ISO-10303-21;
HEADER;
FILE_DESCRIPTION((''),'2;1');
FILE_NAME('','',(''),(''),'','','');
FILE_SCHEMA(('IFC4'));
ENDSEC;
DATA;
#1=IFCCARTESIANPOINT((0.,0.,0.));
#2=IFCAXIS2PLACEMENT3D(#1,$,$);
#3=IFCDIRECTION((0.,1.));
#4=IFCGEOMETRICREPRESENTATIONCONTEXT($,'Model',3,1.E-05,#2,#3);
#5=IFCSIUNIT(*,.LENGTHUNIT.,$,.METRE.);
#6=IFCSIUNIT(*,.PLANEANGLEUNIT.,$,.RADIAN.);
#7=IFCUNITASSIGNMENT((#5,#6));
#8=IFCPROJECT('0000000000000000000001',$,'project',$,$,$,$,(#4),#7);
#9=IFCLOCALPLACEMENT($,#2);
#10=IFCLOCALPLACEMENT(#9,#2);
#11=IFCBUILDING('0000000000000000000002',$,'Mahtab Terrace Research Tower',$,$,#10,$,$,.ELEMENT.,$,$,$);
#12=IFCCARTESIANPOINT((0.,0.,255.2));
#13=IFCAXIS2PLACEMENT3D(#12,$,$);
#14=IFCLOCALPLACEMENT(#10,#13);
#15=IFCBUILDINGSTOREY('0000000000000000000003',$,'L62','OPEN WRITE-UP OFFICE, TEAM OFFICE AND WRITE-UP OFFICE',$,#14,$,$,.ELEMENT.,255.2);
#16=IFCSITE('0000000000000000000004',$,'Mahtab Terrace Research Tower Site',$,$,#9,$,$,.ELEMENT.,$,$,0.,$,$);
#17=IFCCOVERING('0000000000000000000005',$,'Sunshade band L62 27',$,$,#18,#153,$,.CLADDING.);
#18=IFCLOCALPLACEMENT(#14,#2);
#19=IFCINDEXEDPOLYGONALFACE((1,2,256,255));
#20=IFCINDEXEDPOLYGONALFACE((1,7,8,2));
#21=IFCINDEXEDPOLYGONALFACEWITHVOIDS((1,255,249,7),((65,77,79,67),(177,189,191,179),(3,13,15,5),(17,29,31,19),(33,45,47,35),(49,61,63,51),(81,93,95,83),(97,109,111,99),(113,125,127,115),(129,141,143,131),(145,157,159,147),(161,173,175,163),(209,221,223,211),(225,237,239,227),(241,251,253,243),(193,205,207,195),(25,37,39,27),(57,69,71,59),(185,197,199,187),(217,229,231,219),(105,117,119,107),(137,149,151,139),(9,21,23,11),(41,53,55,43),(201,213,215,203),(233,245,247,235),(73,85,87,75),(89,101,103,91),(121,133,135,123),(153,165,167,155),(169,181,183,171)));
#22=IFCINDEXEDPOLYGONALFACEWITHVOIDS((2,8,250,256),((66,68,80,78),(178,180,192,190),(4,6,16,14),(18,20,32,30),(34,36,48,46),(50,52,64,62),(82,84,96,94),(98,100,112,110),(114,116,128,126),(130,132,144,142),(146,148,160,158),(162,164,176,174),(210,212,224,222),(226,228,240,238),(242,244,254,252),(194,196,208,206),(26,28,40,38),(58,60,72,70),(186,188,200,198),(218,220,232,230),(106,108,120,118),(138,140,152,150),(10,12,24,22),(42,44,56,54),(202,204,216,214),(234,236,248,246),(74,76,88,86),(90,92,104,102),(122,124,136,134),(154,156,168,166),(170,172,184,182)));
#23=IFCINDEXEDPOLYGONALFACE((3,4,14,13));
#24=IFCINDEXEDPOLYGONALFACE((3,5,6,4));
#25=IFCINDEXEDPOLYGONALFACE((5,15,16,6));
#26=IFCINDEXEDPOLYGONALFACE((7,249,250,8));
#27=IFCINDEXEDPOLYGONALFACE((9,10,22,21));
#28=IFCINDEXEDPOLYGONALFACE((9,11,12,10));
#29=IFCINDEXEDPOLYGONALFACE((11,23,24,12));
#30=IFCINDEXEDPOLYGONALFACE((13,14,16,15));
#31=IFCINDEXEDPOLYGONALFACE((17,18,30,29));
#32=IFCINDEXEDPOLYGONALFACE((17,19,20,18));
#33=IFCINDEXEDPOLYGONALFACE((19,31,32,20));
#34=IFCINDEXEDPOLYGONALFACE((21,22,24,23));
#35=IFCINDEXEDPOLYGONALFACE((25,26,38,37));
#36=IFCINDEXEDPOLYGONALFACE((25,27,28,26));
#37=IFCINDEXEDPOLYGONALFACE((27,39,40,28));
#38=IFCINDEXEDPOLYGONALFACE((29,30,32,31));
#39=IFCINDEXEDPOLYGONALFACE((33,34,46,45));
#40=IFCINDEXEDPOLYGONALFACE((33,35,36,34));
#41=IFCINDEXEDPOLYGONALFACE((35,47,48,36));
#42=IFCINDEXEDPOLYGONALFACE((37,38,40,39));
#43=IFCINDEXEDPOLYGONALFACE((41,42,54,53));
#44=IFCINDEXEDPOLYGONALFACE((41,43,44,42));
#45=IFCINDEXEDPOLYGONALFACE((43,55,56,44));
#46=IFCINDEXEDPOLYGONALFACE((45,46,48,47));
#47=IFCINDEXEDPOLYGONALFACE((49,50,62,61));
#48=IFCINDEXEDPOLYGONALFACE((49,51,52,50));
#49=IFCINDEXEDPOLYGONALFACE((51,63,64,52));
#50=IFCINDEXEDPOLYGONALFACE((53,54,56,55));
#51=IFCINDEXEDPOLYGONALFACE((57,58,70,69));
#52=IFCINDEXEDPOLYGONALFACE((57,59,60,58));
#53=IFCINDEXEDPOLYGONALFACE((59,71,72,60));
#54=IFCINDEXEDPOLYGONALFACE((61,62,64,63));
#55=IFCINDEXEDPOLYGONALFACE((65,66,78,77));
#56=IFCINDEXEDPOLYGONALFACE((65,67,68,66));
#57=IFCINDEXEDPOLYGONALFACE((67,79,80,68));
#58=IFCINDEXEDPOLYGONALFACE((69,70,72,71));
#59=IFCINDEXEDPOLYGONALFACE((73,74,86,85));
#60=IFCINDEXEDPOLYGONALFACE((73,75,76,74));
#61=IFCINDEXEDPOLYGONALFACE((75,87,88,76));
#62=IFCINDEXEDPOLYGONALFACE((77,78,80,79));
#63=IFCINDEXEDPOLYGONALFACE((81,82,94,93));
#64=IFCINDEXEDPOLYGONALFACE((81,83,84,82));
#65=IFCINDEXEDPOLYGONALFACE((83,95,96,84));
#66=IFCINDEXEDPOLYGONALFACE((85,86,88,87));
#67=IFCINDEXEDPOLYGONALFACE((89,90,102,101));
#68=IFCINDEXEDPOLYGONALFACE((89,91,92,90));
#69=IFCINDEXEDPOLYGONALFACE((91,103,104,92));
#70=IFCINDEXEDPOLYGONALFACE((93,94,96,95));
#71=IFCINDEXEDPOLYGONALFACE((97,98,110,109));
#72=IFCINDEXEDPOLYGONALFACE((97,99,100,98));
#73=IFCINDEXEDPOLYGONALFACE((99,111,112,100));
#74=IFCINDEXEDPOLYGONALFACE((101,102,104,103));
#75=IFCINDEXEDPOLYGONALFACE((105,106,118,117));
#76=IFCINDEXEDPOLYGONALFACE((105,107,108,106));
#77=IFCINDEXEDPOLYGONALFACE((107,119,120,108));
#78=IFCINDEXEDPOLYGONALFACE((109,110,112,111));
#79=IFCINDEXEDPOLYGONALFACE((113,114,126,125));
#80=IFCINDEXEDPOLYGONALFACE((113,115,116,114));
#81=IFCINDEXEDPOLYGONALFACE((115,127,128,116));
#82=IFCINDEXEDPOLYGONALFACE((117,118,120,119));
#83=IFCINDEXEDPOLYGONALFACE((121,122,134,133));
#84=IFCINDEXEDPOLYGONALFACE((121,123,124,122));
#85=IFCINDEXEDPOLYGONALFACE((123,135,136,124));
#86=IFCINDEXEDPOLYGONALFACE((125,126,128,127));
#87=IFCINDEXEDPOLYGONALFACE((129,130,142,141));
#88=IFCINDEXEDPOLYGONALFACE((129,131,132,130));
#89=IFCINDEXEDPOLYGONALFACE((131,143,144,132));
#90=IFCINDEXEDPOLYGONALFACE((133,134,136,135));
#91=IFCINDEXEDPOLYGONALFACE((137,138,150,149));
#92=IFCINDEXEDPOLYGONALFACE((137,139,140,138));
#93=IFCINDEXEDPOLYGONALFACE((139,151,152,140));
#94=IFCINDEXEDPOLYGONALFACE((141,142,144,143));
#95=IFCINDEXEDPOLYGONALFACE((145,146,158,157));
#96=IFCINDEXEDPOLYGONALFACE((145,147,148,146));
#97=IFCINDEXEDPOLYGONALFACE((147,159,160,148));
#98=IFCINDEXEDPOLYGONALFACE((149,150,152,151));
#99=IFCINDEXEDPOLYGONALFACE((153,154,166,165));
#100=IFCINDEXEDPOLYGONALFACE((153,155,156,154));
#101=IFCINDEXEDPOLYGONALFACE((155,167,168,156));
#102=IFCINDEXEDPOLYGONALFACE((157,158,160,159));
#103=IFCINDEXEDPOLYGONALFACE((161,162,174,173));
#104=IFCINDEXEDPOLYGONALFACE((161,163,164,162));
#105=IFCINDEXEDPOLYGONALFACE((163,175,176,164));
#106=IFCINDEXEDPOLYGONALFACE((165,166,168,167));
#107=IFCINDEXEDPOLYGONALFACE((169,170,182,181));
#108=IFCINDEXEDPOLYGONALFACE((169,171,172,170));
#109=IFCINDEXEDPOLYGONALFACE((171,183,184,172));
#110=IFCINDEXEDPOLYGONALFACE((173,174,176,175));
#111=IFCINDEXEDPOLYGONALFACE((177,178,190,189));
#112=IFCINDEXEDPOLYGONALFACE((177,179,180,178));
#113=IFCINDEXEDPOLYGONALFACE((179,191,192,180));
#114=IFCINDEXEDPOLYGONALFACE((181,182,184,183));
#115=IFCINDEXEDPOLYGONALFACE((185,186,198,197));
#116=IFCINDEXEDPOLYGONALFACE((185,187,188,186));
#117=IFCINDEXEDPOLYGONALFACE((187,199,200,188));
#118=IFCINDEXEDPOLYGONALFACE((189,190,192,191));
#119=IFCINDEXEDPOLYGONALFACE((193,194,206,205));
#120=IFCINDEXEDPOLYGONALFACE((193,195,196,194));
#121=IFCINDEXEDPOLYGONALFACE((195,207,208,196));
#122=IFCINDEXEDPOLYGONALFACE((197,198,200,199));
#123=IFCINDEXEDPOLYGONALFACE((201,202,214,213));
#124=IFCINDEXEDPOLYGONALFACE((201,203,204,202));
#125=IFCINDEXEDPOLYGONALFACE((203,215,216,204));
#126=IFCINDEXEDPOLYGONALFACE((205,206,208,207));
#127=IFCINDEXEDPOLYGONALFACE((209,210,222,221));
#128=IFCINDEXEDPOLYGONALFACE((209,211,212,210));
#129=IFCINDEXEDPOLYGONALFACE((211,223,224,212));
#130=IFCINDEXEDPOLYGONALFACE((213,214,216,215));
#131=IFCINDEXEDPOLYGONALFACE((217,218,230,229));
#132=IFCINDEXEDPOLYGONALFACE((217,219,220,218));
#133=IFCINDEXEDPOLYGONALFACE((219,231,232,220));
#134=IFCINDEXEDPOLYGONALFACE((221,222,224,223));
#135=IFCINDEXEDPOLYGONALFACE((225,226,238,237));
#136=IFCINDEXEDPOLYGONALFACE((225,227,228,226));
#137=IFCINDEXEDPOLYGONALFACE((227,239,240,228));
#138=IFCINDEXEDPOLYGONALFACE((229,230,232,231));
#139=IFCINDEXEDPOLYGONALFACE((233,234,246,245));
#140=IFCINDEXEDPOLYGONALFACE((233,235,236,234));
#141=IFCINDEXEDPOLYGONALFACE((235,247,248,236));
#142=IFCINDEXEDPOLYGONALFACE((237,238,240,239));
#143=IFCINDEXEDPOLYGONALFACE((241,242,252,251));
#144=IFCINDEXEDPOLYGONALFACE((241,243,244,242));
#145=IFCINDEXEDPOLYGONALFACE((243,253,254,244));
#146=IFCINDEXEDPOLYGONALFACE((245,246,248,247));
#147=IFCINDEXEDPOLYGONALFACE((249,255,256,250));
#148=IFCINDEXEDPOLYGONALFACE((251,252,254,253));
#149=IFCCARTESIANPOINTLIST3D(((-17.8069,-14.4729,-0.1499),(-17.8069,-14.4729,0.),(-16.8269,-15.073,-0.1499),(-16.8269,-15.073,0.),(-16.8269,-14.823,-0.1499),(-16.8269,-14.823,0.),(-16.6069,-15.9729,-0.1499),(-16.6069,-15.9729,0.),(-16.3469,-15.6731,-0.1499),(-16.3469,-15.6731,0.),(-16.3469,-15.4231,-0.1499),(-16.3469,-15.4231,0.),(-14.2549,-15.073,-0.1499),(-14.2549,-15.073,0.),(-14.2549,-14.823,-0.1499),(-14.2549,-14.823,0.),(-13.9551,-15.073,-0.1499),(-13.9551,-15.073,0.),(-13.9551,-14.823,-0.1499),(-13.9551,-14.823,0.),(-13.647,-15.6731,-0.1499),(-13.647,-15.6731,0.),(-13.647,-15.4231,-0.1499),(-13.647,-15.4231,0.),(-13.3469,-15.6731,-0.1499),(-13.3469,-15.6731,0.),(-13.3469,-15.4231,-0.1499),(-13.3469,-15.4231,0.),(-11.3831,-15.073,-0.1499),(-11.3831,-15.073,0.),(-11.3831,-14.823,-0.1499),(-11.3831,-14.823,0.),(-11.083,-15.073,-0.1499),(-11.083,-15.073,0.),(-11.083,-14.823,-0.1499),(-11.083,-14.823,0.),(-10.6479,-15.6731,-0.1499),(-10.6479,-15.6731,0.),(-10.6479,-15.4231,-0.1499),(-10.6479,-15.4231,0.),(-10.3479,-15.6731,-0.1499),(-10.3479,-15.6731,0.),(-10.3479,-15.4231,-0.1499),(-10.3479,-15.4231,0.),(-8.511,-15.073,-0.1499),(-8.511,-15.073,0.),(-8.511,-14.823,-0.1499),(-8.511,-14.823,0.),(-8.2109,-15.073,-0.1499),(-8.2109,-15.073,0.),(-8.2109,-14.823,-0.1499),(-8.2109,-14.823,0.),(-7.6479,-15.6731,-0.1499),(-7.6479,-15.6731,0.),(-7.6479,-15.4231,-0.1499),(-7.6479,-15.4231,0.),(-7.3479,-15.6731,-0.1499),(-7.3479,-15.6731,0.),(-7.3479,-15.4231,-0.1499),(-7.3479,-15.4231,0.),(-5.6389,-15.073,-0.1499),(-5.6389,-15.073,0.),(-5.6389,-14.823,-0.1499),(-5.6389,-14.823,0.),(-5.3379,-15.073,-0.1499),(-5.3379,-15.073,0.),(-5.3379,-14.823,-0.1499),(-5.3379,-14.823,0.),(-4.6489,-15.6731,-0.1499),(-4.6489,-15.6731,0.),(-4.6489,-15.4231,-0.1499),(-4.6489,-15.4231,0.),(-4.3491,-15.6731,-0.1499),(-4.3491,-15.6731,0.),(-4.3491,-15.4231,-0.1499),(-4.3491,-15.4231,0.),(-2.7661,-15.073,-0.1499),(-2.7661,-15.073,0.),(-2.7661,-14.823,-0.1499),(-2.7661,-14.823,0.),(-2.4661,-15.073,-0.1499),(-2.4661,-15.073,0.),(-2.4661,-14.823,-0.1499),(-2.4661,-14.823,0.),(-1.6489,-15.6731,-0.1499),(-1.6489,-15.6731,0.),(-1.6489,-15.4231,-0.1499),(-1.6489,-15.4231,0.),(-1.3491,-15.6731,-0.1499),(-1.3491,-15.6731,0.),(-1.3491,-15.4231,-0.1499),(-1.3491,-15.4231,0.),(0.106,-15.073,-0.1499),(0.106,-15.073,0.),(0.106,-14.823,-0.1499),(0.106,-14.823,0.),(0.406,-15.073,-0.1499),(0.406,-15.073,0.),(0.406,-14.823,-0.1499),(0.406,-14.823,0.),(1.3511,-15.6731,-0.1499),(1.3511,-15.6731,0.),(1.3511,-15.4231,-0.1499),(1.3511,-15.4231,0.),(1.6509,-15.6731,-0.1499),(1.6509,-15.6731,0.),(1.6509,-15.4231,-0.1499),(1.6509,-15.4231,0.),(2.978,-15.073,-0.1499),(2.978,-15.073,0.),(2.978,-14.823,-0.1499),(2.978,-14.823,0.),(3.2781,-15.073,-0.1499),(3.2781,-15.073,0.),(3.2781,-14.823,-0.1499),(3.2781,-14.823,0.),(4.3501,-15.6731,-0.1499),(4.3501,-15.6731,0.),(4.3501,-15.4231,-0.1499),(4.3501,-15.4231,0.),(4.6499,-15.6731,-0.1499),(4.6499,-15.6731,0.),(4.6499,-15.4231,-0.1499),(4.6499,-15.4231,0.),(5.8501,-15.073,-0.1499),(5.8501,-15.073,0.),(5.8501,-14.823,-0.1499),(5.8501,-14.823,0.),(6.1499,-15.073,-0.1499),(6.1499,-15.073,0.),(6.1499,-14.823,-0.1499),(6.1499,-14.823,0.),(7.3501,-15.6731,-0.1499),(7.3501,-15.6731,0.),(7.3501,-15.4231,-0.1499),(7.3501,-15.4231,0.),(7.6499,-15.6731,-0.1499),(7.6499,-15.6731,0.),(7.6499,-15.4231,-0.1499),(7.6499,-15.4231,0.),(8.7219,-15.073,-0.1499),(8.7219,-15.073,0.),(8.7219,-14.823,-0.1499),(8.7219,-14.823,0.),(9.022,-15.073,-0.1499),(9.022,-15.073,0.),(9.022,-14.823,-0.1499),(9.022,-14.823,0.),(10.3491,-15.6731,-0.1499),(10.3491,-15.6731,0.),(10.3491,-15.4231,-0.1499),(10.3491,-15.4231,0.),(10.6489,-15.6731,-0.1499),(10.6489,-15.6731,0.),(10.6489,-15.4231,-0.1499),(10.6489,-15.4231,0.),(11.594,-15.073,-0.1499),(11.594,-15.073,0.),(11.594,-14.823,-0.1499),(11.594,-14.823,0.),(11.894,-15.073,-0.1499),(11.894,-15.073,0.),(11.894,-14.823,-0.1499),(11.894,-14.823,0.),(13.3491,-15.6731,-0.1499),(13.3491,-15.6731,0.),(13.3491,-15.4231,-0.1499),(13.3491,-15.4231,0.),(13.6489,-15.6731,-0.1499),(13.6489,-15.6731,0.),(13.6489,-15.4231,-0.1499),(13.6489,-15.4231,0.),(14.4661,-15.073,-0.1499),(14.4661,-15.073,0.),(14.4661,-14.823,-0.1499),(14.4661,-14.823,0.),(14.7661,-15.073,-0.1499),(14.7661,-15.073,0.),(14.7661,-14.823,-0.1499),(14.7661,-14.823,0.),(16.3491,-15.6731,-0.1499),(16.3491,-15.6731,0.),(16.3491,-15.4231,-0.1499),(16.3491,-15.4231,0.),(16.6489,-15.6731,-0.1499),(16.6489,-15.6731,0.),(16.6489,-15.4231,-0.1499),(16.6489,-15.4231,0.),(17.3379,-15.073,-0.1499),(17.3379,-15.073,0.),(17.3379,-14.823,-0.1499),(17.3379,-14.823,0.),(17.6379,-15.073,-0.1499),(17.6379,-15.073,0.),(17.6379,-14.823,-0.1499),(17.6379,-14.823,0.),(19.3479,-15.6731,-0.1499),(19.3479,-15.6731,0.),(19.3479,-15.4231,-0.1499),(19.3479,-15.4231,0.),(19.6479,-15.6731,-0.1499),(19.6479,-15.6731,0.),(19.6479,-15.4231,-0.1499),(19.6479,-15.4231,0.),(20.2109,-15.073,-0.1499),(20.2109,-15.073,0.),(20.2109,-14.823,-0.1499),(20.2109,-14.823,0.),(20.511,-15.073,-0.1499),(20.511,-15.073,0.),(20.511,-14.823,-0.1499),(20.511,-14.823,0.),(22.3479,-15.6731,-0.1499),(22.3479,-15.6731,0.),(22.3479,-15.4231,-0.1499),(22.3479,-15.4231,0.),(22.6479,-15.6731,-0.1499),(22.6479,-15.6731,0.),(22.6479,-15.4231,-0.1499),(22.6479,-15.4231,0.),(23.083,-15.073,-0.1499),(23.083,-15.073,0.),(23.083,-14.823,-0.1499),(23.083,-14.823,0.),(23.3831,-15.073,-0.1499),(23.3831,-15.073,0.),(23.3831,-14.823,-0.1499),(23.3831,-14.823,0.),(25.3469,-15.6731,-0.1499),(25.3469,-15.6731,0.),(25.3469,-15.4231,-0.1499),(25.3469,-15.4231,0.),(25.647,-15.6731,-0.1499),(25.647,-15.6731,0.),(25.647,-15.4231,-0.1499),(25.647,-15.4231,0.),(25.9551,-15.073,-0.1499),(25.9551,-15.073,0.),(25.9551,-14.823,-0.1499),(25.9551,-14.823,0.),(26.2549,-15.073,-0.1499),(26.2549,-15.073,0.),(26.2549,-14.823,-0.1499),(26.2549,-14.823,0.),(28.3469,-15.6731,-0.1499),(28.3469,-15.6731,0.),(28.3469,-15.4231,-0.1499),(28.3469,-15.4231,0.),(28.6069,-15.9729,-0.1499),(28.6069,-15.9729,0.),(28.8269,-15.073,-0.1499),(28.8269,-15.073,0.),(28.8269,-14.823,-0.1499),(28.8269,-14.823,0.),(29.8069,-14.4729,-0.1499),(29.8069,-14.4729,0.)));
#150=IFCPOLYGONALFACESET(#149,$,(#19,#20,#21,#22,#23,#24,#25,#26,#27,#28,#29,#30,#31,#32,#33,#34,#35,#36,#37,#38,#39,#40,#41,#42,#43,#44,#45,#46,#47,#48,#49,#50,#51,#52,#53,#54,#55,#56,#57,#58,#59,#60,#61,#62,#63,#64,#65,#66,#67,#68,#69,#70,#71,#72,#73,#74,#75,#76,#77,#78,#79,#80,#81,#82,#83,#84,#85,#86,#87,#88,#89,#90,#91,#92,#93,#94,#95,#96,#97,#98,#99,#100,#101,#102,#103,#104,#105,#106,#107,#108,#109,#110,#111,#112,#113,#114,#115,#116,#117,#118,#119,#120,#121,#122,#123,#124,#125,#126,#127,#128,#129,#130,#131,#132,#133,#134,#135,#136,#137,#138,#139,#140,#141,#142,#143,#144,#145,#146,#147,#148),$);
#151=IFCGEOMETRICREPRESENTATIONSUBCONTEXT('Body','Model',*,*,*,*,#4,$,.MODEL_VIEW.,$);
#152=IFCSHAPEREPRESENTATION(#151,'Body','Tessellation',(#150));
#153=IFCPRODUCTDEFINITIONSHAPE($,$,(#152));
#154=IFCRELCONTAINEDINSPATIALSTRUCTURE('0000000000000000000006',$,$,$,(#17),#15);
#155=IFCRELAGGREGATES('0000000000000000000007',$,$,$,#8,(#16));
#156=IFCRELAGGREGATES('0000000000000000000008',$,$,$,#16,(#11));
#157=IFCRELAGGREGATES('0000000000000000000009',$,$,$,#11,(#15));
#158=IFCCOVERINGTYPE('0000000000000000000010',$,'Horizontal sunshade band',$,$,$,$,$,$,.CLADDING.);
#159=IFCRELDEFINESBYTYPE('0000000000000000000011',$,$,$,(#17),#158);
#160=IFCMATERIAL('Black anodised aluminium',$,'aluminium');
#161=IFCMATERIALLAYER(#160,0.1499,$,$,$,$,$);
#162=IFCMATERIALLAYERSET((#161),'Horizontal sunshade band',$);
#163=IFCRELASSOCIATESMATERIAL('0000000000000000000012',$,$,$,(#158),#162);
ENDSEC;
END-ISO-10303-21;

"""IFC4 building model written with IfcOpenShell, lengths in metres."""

from ifc_helpers import new_model, si_unit, direction, frame, origin, place, context, subcontext, project, spatial, polyline, outline, extrude, material, layer, layer_set, type_object, element, save


model = new_model("IFC4")

# Units and contexts
model_context = context("Model", 3, precision=1e-05, world=origin(), true_north=direction((0.0, 1.0)))
body_context = subcontext(model_context, "Body", "Model", "MODEL_VIEW")
ifc_project = project(units=[si_unit("LENGTHUNIT", "METRE"), si_unit("PLANEANGLEUNIT", "RADIAN")], contexts=[model_context])

# Site, building, storey
site_placement = place(None, origin())
site = spatial("IfcSite", under=ifc_project, at=site_placement, Name="Mahtab Terrace Research Tower Site", CompositionType="ELEMENT", RefElevation=0.0)
building_placement = place(site_placement, origin())
building = spatial("IfcBuilding", under=site, at=building_placement, Name="Mahtab Terrace Research Tower", CompositionType="ELEMENT")
storey_placement = place(building_placement, frame((0.0, 0.0, 255.2)))
storey = spatial("IfcBuildingStorey", under=building, at=storey_placement, Name="L62", Description="OPEN WRITE-UP OFFICE, TEAM OFFICE AND WRITE-UP OFFICE", CompositionType="ELEMENT", Elevation=255.2)

# Covering
ifc_material_1 = material(Name="Black anodised aluminium", Category="aluminium")
ifc_layer_1 = layer(ifc_material_1, 0.1499)
ifc_layer_set_1 = layer_set([ifc_layer_1], Name="Horizontal sunshade band")
covering_type_1 = type_object("IfcCoveringType", Name="Horizontal sunshade band", PredefinedType="CLADDING", material=ifc_layer_set_1)
covering_1_placement = place(storey_placement, frame((0.0, 0.0, -0.1499)))
element("IfcCovering", 1, at=covering_1_placement, inside=storey, type_object=covering_type_1, Name="Sunshade band L62 27", PredefinedType="CLADDING", context=body_context, shape_type="SweptSolid", body=[
    extrude(outline(polyline([(-17.8069, -14.4729), (29.8069, -14.4729), (28.6069, -15.9729), (-16.6069, -15.9729), (-17.8069, -14.4729)]), holes=[polyline([(-16.8269, -14.823), (-14.2549, -14.823), (-14.2549, -15.073), (-16.8269, -15.073), (-16.8269, -14.823)]), polyline([(-13.9551, -14.823), (-11.3831, -14.823), (-11.3831, -15.073), (-13.9551, -15.073), (-13.9551, -14.823)]), polyline([(-11.083, -14.823), (-8.511, -14.823), (-8.511, -15.073), (-11.083, -15.073), (-11.083, -14.823)]), polyline([(-8.2109, -14.823), (-5.6389, -14.823), (-5.6389, -15.073), (-8.2109, -15.073), (-8.2109, -14.823)]), polyline([(-5.3379, -14.823), (-2.7661, -14.823), (-2.7661, -15.073), (-5.3379, -15.073), (-5.3379, -14.823)]), polyline([(-2.4661, -14.823), (0.106, -14.823), (0.106, -15.073), (-2.4661, -15.073), (-2.4661, -14.823)]), polyline([(0.406, -14.823), (2.978, -14.823), (2.978, -15.073), (0.406, -15.073), (0.406, -14.823)]), polyline([(3.2781, -14.823), (5.8501, -14.823), (5.8501, -15.073), (3.2781, -15.073), (3.2781, -14.823)]), polyline([(6.1499, -14.823), (8.7219, -14.823), (8.7219, -15.073), (6.1499, -15.073), (6.1499, -14.823)]), polyline([(9.022, -14.823), (11.594, -14.823), (11.594, -15.073), (9.022, -15.073), (9.022, -14.823)]), polyline([(11.894, -14.823), (14.4661, -14.823), (14.4661, -15.073), (11.894, -15.073), (11.894, -14.823)]), polyline([(14.7661, -14.823), (17.3379, -14.823), (17.3379, -15.073), (14.7661, -15.073), (14.7661, -14.823)]), polyline([(17.6379, -14.823), (20.2109, -14.823), (20.2109, -15.073), (17.6379, -15.073), (17.6379, -14.823)]), polyline([(20.511, -14.823), (23.083, -14.823), (23.083, -15.073), (20.511, -15.073), (20.511, -14.823)]), polyline([(23.3831, -14.823), (25.9551, -14.823), (25.9551, -15.073), (23.3831, -15.073), (23.3831, -14.823)]), polyline([(26.2549, -14.823), (28.8269, -14.823), (28.8269, -15.073), (26.2549, -15.073), (26.2549, -14.823)]), polyline([(-16.3469, -15.4231), (-13.647, -15.4231), (-13.647, -15.6731), (-16.3469, -15.6731), (-16.3469, -15.4231)]), polyline([(-13.3469, -15.4231), (-10.6479, -15.4231), (-10.6479, -15.6731), (-13.3469, -15.6731), (-13.3469, -15.4231)]), polyline([(-10.3479, -15.4231), (-7.6479, -15.4231), (-7.6479, -15.6731), (-10.3479, -15.6731), (-10.3479, -15.4231)]), polyline([(-7.3479, -15.4231), (-4.6489, -15.4231), (-4.6489, -15.6731), (-7.3479, -15.6731), (-7.3479, -15.4231)]), polyline([(-4.3491, -15.4231), (-1.6489, -15.4231), (-1.6489, -15.6731), (-4.3491, -15.6731), (-4.3491, -15.4231)]), polyline([(-1.3491, -15.4231), (1.3511, -15.4231), (1.3511, -15.6731), (-1.3491, -15.6731), (-1.3491, -15.4231)]), polyline([(1.6509, -15.4231), (4.3501, -15.4231), (4.3501, -15.6731), (1.6509, -15.6731), (1.6509, -15.4231)]), polyline([(4.6499, -15.4231), (7.3501, -15.4231), (7.3501, -15.6731), (4.6499, -15.6731), (4.6499, -15.4231)]), polyline([(7.6499, -15.4231), (10.3491, -15.4231), (10.3491, -15.6731), (7.6499, -15.6731), (7.6499, -15.4231)]), polyline([(10.6489, -15.4231), (13.3491, -15.4231), (13.3491, -15.6731), (10.6489, -15.6731), (10.6489, -15.4231)]), polyline([(13.6489, -15.4231), (16.3491, -15.4231), (16.3491, -15.6731), (13.6489, -15.6731), (13.6489, -15.4231)]), polyline([(16.6489, -15.4231), (19.3479, -15.4231), (19.3479, -15.6731), (16.6489, -15.6731), (16.6489, -15.4231)]), polyline([(19.6479, -15.4231), (22.3479, -15.4231), (22.3479, -15.6731), (19.6479, -15.6731), (19.6479, -15.4231)]), polyline([(22.6479, -15.4231), (25.3469, -15.4231), (25.3469, -15.6731), (22.6479, -15.6731), (22.6479, -15.4231)]), polyline([(25.647, -15.4231), (28.3469, -15.4231), (28.3469, -15.6731), (25.647, -15.6731), (25.647, -15.4231)])]), origin(), (0.0, 0.0, 1.0), 0.1499),
])

save(model, "model.ifc")
